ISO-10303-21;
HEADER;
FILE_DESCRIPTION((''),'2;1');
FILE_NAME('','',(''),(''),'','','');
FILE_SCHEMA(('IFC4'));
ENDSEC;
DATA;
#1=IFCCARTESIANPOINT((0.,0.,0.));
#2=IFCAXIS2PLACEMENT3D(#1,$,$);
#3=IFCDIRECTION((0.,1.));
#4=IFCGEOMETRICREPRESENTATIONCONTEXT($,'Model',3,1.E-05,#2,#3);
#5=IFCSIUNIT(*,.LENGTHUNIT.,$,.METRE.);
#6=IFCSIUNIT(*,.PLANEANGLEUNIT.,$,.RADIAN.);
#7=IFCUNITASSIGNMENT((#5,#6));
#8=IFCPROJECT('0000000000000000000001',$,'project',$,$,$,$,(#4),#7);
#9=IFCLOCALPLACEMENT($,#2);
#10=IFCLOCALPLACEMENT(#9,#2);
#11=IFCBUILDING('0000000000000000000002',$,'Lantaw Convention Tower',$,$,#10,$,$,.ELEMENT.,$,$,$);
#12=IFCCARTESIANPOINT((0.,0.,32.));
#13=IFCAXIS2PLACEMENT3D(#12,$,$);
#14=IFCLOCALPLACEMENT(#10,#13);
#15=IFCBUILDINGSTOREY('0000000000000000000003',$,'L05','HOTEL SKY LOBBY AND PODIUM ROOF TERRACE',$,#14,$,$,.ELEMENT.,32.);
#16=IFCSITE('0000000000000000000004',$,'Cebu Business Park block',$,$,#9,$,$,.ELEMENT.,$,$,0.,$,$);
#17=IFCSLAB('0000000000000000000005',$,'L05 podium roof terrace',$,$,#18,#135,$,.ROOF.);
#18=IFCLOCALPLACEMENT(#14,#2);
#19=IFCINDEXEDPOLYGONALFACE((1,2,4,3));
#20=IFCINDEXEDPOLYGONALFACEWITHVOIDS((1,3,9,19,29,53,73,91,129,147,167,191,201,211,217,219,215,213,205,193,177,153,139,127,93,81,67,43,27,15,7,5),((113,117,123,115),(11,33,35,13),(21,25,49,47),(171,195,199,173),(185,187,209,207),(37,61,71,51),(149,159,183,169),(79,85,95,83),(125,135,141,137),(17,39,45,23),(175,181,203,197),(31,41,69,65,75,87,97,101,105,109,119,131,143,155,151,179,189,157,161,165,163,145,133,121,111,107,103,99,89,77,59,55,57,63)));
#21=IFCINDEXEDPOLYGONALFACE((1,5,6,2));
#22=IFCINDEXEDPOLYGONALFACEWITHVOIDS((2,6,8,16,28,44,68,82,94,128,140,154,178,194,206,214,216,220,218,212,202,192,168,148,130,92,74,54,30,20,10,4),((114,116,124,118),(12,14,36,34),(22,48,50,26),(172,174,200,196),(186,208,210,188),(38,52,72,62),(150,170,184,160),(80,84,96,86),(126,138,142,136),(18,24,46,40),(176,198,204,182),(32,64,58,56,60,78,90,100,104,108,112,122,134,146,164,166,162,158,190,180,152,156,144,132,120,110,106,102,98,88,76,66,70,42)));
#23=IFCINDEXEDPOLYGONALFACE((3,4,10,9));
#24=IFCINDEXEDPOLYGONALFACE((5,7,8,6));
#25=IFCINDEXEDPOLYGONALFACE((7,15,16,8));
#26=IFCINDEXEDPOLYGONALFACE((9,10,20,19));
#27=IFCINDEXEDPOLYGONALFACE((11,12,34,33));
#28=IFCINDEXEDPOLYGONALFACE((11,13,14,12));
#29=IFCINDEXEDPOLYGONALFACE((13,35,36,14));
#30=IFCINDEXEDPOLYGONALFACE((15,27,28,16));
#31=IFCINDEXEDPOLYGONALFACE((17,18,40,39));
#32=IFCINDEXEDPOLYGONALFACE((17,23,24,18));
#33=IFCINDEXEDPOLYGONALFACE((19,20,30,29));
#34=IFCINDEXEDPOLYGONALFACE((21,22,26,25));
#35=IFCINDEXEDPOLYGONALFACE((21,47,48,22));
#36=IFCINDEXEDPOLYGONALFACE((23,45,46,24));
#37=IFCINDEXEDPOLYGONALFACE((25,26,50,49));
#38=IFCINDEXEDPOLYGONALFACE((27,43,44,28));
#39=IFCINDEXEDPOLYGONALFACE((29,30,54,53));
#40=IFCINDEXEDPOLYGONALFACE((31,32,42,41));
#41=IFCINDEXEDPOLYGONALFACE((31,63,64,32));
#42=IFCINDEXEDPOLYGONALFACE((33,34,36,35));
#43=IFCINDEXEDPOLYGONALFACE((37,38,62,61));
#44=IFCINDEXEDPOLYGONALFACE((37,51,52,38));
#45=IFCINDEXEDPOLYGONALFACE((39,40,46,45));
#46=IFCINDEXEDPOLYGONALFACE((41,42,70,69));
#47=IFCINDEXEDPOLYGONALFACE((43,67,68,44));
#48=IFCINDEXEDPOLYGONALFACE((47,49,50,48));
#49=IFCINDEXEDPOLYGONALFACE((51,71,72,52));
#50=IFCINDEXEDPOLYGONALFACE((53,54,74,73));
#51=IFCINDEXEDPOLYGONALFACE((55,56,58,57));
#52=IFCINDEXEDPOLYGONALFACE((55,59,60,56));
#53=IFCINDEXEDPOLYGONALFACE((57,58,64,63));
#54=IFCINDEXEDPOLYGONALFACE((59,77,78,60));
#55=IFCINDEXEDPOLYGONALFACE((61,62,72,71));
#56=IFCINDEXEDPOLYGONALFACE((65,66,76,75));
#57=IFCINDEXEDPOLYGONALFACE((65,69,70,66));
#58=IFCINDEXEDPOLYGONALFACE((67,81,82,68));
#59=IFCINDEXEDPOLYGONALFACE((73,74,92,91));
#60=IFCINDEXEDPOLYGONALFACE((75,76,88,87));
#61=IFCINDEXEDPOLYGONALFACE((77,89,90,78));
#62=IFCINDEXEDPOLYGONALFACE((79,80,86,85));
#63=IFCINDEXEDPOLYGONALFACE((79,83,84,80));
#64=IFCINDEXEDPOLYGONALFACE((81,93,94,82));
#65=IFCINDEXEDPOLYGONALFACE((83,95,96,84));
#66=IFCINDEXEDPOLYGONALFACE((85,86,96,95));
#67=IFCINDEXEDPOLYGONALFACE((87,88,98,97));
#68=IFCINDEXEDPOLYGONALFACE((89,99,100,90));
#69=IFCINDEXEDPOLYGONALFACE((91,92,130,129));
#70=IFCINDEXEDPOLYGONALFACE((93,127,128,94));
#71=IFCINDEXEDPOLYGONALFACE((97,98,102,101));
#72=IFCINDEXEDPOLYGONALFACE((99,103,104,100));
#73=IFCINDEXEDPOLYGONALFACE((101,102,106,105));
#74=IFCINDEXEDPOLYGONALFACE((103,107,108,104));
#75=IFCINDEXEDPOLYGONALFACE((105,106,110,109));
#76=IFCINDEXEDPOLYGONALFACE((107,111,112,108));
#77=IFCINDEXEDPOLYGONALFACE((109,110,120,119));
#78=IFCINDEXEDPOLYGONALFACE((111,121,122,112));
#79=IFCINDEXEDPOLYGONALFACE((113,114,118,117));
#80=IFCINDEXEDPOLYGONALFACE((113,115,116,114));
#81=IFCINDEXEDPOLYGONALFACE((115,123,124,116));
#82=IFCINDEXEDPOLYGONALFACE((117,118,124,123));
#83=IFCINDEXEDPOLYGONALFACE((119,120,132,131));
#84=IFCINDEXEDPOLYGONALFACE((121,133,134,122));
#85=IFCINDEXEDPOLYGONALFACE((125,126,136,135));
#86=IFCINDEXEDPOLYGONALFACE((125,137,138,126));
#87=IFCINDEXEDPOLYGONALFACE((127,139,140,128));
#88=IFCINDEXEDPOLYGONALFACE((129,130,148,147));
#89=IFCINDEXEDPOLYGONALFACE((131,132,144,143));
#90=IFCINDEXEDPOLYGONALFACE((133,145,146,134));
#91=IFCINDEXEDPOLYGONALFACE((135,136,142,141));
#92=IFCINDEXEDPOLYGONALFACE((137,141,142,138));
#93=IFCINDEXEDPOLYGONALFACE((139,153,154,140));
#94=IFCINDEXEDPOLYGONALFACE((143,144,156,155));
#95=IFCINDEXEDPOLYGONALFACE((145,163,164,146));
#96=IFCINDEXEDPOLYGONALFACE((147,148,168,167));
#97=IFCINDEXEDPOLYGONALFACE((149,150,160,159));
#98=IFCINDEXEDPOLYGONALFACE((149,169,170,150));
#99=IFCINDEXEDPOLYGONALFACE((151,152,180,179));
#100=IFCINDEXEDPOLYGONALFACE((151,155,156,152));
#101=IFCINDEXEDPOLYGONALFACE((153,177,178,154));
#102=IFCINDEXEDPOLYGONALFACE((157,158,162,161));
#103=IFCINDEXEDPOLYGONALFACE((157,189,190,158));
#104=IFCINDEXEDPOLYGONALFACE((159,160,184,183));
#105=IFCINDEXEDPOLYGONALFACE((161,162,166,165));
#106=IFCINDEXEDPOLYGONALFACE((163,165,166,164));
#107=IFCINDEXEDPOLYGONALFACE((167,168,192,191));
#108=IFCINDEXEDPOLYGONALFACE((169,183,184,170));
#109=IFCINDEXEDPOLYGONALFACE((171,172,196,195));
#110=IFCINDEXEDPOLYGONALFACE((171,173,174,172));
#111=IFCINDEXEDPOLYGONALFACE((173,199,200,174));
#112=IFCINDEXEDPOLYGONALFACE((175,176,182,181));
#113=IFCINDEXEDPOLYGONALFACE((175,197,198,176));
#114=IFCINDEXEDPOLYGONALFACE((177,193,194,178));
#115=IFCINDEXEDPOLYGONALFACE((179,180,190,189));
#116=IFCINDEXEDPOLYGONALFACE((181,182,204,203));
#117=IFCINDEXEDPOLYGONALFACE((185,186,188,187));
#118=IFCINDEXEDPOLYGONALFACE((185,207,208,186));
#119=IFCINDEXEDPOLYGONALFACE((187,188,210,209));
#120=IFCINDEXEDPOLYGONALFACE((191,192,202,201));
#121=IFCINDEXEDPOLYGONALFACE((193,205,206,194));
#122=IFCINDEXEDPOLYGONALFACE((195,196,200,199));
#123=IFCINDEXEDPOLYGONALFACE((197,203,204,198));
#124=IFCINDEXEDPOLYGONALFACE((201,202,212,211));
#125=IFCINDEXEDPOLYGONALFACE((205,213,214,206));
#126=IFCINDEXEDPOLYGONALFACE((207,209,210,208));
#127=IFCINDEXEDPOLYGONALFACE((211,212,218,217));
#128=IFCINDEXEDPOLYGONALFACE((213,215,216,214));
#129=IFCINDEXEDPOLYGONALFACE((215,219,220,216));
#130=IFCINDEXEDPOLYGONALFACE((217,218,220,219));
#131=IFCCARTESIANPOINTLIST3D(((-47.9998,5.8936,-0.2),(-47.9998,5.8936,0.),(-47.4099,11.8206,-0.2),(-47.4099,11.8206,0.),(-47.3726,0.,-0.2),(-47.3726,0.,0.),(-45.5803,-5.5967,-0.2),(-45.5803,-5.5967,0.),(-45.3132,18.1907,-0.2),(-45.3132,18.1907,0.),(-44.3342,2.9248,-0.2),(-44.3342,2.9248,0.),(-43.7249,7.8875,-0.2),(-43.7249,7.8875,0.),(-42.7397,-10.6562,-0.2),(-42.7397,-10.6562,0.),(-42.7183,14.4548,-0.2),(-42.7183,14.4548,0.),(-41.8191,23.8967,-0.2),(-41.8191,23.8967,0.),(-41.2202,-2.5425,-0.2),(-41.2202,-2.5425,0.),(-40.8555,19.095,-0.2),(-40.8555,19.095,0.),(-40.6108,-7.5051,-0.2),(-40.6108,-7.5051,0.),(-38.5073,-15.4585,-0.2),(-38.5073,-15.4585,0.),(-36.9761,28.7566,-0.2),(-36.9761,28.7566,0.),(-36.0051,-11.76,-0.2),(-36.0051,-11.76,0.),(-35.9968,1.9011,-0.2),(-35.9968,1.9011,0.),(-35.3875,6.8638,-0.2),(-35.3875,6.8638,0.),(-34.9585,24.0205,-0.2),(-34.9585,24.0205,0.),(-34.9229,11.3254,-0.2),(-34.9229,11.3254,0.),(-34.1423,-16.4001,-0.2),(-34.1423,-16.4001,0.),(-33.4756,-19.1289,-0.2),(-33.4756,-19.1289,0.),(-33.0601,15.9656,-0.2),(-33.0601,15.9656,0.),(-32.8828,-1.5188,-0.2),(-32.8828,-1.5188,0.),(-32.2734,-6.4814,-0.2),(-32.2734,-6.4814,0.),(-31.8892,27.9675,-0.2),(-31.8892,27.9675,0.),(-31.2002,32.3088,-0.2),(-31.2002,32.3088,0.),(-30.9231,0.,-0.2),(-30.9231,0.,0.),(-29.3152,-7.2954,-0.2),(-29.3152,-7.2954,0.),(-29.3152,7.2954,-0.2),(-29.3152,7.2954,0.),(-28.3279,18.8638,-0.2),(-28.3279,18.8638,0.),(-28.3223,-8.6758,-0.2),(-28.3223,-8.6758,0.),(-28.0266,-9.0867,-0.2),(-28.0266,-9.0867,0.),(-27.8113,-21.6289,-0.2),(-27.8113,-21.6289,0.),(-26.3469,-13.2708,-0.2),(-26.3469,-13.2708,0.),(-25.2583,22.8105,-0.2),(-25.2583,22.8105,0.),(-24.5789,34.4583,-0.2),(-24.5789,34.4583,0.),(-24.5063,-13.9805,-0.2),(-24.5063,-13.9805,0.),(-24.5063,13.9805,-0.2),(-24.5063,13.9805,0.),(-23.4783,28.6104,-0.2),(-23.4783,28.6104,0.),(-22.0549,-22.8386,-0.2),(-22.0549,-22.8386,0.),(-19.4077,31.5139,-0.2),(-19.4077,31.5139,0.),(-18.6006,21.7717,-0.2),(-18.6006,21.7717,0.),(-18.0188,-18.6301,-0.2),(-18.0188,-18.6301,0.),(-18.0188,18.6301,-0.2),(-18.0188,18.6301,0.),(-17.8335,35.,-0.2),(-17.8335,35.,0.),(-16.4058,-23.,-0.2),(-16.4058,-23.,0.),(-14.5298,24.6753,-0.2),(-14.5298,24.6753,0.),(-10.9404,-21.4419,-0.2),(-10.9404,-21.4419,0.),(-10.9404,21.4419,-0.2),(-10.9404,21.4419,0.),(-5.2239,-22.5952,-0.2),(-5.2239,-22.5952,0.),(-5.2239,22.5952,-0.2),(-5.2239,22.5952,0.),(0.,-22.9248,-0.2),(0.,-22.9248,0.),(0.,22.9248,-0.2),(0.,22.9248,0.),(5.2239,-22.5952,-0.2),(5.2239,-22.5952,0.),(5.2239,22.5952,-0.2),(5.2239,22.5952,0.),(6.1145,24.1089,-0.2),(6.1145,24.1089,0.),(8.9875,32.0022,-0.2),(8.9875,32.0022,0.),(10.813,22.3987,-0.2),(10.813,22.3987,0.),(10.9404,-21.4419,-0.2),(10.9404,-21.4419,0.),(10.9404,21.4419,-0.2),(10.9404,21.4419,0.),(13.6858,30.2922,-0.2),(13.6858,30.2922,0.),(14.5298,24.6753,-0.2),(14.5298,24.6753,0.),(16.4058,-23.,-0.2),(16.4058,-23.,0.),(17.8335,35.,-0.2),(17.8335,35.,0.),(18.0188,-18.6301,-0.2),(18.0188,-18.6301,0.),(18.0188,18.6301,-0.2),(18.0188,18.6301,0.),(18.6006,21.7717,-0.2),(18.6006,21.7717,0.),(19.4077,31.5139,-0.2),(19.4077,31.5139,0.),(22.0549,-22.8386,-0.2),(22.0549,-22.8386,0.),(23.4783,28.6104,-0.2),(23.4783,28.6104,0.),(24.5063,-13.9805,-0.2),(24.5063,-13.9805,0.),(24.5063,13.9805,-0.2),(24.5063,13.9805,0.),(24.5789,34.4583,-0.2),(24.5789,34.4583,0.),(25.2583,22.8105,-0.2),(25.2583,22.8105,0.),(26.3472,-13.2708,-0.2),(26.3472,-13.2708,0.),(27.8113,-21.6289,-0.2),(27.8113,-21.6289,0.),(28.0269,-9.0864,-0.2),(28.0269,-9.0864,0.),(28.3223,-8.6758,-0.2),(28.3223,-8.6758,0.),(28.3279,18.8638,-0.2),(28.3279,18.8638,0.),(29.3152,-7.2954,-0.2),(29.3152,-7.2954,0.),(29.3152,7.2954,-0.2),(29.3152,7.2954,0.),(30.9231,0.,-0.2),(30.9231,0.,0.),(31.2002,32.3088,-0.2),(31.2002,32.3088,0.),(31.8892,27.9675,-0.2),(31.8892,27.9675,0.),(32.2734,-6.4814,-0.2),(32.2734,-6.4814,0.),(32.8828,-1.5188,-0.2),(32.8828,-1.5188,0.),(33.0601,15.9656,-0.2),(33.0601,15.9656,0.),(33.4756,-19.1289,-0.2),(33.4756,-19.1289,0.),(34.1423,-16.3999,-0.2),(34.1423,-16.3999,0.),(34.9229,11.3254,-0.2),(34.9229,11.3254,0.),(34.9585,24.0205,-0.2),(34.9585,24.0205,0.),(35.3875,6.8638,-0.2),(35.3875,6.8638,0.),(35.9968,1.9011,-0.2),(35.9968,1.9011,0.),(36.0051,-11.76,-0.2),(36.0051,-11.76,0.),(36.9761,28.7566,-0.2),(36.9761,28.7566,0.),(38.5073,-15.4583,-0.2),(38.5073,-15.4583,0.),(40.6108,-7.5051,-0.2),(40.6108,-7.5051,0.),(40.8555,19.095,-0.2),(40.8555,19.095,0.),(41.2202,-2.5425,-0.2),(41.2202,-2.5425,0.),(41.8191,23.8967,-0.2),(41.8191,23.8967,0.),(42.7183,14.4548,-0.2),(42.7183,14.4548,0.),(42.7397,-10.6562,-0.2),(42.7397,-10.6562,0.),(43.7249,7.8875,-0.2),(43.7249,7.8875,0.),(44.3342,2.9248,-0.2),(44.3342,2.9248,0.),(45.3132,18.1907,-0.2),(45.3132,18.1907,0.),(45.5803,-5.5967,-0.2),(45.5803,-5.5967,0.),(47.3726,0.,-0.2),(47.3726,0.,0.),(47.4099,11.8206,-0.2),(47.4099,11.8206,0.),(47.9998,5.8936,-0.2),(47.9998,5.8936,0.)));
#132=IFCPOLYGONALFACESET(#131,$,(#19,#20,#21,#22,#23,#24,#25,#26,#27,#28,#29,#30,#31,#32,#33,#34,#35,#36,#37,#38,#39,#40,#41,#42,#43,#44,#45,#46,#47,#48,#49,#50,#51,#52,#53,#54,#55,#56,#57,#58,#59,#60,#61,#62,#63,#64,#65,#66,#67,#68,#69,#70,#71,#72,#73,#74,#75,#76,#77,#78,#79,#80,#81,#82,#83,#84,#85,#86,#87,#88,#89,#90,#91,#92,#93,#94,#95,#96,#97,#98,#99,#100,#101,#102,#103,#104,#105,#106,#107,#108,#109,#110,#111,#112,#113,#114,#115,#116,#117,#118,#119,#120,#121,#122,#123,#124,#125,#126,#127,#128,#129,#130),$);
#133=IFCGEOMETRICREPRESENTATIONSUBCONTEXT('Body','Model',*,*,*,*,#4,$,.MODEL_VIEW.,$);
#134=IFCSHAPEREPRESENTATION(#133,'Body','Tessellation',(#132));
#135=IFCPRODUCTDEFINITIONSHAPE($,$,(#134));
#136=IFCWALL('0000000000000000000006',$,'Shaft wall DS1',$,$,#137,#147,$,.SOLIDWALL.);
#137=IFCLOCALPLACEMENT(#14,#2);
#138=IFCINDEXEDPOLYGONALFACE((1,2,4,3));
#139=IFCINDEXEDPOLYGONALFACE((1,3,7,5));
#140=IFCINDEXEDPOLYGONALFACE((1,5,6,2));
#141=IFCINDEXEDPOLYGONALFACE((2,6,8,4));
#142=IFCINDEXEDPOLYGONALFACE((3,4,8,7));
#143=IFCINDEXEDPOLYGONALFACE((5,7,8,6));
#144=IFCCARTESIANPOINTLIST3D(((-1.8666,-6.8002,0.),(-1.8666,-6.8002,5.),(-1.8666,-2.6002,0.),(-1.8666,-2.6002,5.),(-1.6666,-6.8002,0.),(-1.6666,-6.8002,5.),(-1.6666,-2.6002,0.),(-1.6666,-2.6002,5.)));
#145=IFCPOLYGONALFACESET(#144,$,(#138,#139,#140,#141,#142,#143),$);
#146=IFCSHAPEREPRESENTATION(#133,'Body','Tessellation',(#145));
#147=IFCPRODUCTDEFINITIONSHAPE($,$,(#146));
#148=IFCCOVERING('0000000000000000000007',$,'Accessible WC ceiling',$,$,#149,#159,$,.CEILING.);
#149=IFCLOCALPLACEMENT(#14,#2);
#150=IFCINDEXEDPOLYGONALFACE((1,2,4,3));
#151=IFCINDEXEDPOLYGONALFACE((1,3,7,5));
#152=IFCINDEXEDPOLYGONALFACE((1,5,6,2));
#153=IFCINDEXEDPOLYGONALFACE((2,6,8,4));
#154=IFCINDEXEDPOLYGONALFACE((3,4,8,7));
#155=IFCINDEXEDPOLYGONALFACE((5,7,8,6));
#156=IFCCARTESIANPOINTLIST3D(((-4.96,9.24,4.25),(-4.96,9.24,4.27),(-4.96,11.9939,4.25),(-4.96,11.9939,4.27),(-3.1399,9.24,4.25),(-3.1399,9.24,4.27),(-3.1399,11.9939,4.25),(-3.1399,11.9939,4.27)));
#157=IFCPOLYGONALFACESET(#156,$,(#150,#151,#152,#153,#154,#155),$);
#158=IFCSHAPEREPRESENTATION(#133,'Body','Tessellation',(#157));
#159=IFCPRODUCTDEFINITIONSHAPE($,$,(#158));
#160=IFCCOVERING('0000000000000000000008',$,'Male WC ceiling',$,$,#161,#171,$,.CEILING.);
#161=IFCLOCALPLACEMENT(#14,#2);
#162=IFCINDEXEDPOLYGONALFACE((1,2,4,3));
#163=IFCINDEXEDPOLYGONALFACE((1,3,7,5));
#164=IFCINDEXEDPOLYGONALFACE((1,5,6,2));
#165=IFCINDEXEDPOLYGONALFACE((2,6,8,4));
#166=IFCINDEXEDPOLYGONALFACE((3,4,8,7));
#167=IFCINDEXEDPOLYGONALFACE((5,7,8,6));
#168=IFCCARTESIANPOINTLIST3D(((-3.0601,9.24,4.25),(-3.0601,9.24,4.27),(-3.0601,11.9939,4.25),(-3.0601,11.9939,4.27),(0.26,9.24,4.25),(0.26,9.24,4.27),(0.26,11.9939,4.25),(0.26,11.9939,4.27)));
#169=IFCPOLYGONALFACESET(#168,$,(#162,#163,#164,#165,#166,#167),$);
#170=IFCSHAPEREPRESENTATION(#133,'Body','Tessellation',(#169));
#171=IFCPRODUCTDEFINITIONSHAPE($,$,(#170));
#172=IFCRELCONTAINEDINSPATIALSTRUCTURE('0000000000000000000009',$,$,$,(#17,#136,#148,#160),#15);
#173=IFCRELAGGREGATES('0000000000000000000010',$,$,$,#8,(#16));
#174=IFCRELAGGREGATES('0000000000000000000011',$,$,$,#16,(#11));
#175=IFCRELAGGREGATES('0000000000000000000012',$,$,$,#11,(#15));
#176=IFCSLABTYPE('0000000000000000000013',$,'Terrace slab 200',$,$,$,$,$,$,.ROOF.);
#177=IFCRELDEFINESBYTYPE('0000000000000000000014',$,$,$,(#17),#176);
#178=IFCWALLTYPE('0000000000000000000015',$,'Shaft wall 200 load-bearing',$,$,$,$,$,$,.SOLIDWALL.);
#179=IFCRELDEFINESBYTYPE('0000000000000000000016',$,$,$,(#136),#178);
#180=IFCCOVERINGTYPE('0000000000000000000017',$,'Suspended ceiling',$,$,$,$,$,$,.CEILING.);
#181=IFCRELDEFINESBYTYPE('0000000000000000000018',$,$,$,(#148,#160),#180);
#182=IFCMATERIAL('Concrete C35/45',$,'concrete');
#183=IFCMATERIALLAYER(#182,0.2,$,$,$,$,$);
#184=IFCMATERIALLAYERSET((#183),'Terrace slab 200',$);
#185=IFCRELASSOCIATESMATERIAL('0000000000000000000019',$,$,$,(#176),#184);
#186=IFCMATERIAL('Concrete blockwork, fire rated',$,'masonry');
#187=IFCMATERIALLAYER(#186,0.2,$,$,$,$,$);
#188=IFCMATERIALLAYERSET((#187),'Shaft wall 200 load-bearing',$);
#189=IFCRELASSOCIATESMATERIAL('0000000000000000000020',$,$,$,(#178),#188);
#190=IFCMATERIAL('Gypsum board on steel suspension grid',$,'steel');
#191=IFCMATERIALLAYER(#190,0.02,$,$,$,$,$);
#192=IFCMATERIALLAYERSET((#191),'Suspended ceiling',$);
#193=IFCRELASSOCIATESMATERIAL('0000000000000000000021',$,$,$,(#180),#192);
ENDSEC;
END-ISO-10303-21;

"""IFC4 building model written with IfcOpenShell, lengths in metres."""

from ifc_helpers import new_model, si_unit, direction, frame, frame_2d, origin, place, context, subcontext, project, spatial, polyline, rectangle, outline, extrude, material, layer, layer_set, type_object, element, save


model = new_model("IFC4")

# Units and contexts
model_context = context("Model", 3, precision=1e-05, world=origin(), true_north=direction((0.0, 1.0)))
body_context = subcontext(model_context, "Body", "Model", "MODEL_VIEW")
ifc_project = project(units=[si_unit("LENGTHUNIT", "METRE"), si_unit("PLANEANGLEUNIT", "RADIAN")], contexts=[model_context])

# Site, building, storey
site_placement = place(None, origin())
site = spatial("IfcSite", under=ifc_project, at=site_placement, Name="Cebu Business Park block", CompositionType="ELEMENT", RefElevation=0.0)
building_placement = place(site_placement, origin())
building = spatial("IfcBuilding", under=site, at=building_placement, Name="Lantaw Convention Tower", CompositionType="ELEMENT")
storey_placement = place(building_placement, frame((0.0, 0.0, 32.0)))
storey = spatial("IfcBuildingStorey", under=building, at=storey_placement, Name="L05", Description="HOTEL SKY LOBBY AND PODIUM ROOF TERRACE", CompositionType="ELEMENT", Elevation=32.0)

# Slab
ifc_material_1 = material(Name="Concrete C35/45", Category="concrete")
ifc_layer_1 = layer(ifc_material_1, 0.2)
ifc_layer_set_1 = layer_set([ifc_layer_1], Name="Terrace slab 200")
slab_type_1 = type_object("IfcSlabType", Name="Terrace slab 200", PredefinedType="ROOF", material=ifc_layer_set_1)
slab_1_placement = place(storey_placement, frame((0.0, 0.0, -0.2)))
element("IfcSlab", 1, at=slab_1_placement, inside=storey, type_object=slab_type_1, Name="L05 podium roof terrace", PredefinedType="ROOF", context=body_context, shape_type="SweptSolid", body=[
    extrude(outline(polyline([(38.5073, -15.4583), (42.7397, -10.6562), (45.5803, -5.5967), (47.3726, 0.0), (47.9998, 5.8936), (47.4099, 11.8206), (45.3132, 18.1907), (41.8191, 23.8967), (36.9761, 28.7566), (31.2002, 32.3088), (24.5789, 34.4583), (17.8335, 35.0), (-17.8335, 35.0), (-24.5789, 34.4583), (-31.2002, 32.3088), (-36.9761, 28.7566), (-41.8191, 23.8967), (-45.3132, 18.1907), (-47.4099, 11.8206), (-47.9998, 5.8936), (-47.3726, 0.0), (-45.5803, -5.5967), (-42.7397, -10.6562), (-38.5073, -15.4585), (-33.4756, -19.1289), (-27.8113, -21.6289), (-22.0549, -22.8386), (-16.4058, -23.0), (16.4058, -23.0), (22.0549, -22.8386), (27.8113, -21.6289), (33.4756, -19.1289), (38.5073, -15.4583)]), holes=[polyline([(43.7249, 7.8875), (35.3875, 6.8638), (35.9968, 1.9011), (44.3342, 2.9248), (43.7249, 7.8875)]), polyline([(40.8555, 19.095), (33.0601, 15.9656), (34.9229, 11.3254), (42.7183, 14.4548), (40.8555, 19.095)]), polyline([(41.2202, -2.5425), (32.8828, -1.5188), (32.2734, -6.4814), (40.6108, -7.5051), (41.2202, -2.5425)]), polyline([(18.0188, 18.6301), (10.9404, 21.4419), (5.2239, 22.5952), (0.0, 22.9248), (-5.2239, 22.5952), (-10.9404, 21.4419), (-18.0188, 18.6301), (-24.5063, 13.9805), (-29.3152, 7.2954), (-30.9231, 0.0), (-29.3152, -7.2954), (-28.3223, -8.6758), (-36.0051, -11.76), (-34.1423, -16.4001), (-26.3469, -13.2708), (-28.0266, -9.0867), (-24.5063, -13.9805), (-18.0188, -18.6301), (-10.9404, -21.4419), (-5.2239, -22.5952), (0.0, -22.9248), (5.2239, -22.5952), (10.9404, -21.4419), (18.0188, -18.6301), (24.5063, -13.9805), (28.0269, -9.0864), (26.3472, -13.2708), (34.1423, -16.3999), (36.0051, -11.76), (28.3223, -8.6758), (29.3152, -7.2954), (30.9231, 0.0), (29.3152, 7.2954), (24.5063, 13.9805), (18.0188, 18.6301)]), polyline([(31.8892, 27.9675), (25.2583, 22.8105), (28.3279, 18.8638), (34.9585, 24.0205), (31.8892, 27.9675)]), polyline([(19.4077, 31.5139), (14.5298, 24.6753), (18.6006, 21.7717), (23.4783, 28.6104), (19.4077, 31.5139)]), polyline([(6.1145, 24.1089), (10.813, 22.3987), (13.6858, 30.2922), (8.9875, 32.0022), (6.1145, 24.1089)]), polyline([(-23.4783, 28.6104), (-18.6006, 21.7717), (-14.5298, 24.6753), (-19.4077, 31.5139), (-23.4783, 28.6104)]), polyline([(-34.9585, 24.0205), (-28.3279, 18.8638), (-25.2583, 22.8105), (-31.8892, 27.9675), (-34.9585, 24.0205)]), polyline([(-40.6108, -7.5051), (-32.2734, -6.4814), (-32.8828, -1.5188), (-41.2202, -2.5425), (-40.6108, -7.5051)]), polyline([(-34.9229, 11.3254), (-33.0601, 15.9656), (-40.8555, 19.095), (-42.7183, 14.4548), (-34.9229, 11.3254)]), polyline([(-44.3342, 2.9248), (-35.9968, 1.9011), (-35.3875, 6.8638), (-43.7249, 7.8875), (-44.3342, 2.9248)])]), origin(), (0.0, 0.0, 1.0), 0.2),
])

# Wall
ifc_material_2 = material(Name="Concrete blockwork, fire rated", Category="masonry")
ifc_layer_2 = layer(ifc_material_2, 0.2)
ifc_layer_set_2 = layer_set([ifc_layer_2], Name="Shaft wall 200 load-bearing")
wall_type = type_object("IfcWallType", Name="Shaft wall 200 load-bearing", PredefinedType="SOLIDWALL", material=ifc_layer_set_2)
wall_placement = place(storey_placement, frame((-1.7666, -2.6001, 0.0), z_axis=(0.0, 0.0, 1.0), x_axis=(0.0, -1.0, 0.0)))
element("IfcWall", 2, at=wall_placement, inside=storey, type_object=wall_type, Name="Shaft wall DS1", PredefinedType="SOLIDWALL", context=body_context, shape_type="SweptSolid", body=[
    extrude(rectangle(XDim=4.2, YDim=0.2, at=frame_2d((2.1001, 0.0))), origin(), (0.0, 0.0, 1.0), 5.0),
])

# Coverings
ifc_material_3 = material(Name="Gypsum board on steel suspension grid", Category="steel")
ifc_layer_3 = layer(ifc_material_3, 0.02)
ifc_layer_set_3 = layer_set([ifc_layer_3], Name="Suspended ceiling")
covering_type = type_object("IfcCoveringType", Name="Suspended ceiling", PredefinedType="CEILING", material=ifc_layer_set_3)
covering_1_placement = place(storey_placement, frame((0.0, 0.0, 4.25)))
element("IfcCovering", 3, at=covering_1_placement, inside=storey, type_object=covering_type, Name="Accessible WC ceiling", PredefinedType="CEILING", context=body_context, shape_type="SweptSolid", body=[
    extrude(outline(polyline([(-4.96, 9.24), (-3.1399, 9.24), (-3.1399, 11.9939), (-4.96, 11.9939), (-4.96, 9.24)])), origin(), (0.0, 0.0, 1.0), 0.02),
])
covering_2_placement = place(storey_placement, frame((0.0, 0.0, 4.25)))
element("IfcCovering", 4, at=covering_2_placement, inside=storey, type_object=covering_type, Name="Male WC ceiling", PredefinedType="CEILING", context=body_context, shape_type="SweptSolid", body=[
    extrude(outline(polyline([(-3.0601, 9.24), (0.26, 9.24), (0.26, 11.9939), (-3.0601, 11.9939), (-3.0601, 9.24)])), origin(), (0.0, 0.0, 1.0), 0.02),
])

save(model, "model.ifc")
